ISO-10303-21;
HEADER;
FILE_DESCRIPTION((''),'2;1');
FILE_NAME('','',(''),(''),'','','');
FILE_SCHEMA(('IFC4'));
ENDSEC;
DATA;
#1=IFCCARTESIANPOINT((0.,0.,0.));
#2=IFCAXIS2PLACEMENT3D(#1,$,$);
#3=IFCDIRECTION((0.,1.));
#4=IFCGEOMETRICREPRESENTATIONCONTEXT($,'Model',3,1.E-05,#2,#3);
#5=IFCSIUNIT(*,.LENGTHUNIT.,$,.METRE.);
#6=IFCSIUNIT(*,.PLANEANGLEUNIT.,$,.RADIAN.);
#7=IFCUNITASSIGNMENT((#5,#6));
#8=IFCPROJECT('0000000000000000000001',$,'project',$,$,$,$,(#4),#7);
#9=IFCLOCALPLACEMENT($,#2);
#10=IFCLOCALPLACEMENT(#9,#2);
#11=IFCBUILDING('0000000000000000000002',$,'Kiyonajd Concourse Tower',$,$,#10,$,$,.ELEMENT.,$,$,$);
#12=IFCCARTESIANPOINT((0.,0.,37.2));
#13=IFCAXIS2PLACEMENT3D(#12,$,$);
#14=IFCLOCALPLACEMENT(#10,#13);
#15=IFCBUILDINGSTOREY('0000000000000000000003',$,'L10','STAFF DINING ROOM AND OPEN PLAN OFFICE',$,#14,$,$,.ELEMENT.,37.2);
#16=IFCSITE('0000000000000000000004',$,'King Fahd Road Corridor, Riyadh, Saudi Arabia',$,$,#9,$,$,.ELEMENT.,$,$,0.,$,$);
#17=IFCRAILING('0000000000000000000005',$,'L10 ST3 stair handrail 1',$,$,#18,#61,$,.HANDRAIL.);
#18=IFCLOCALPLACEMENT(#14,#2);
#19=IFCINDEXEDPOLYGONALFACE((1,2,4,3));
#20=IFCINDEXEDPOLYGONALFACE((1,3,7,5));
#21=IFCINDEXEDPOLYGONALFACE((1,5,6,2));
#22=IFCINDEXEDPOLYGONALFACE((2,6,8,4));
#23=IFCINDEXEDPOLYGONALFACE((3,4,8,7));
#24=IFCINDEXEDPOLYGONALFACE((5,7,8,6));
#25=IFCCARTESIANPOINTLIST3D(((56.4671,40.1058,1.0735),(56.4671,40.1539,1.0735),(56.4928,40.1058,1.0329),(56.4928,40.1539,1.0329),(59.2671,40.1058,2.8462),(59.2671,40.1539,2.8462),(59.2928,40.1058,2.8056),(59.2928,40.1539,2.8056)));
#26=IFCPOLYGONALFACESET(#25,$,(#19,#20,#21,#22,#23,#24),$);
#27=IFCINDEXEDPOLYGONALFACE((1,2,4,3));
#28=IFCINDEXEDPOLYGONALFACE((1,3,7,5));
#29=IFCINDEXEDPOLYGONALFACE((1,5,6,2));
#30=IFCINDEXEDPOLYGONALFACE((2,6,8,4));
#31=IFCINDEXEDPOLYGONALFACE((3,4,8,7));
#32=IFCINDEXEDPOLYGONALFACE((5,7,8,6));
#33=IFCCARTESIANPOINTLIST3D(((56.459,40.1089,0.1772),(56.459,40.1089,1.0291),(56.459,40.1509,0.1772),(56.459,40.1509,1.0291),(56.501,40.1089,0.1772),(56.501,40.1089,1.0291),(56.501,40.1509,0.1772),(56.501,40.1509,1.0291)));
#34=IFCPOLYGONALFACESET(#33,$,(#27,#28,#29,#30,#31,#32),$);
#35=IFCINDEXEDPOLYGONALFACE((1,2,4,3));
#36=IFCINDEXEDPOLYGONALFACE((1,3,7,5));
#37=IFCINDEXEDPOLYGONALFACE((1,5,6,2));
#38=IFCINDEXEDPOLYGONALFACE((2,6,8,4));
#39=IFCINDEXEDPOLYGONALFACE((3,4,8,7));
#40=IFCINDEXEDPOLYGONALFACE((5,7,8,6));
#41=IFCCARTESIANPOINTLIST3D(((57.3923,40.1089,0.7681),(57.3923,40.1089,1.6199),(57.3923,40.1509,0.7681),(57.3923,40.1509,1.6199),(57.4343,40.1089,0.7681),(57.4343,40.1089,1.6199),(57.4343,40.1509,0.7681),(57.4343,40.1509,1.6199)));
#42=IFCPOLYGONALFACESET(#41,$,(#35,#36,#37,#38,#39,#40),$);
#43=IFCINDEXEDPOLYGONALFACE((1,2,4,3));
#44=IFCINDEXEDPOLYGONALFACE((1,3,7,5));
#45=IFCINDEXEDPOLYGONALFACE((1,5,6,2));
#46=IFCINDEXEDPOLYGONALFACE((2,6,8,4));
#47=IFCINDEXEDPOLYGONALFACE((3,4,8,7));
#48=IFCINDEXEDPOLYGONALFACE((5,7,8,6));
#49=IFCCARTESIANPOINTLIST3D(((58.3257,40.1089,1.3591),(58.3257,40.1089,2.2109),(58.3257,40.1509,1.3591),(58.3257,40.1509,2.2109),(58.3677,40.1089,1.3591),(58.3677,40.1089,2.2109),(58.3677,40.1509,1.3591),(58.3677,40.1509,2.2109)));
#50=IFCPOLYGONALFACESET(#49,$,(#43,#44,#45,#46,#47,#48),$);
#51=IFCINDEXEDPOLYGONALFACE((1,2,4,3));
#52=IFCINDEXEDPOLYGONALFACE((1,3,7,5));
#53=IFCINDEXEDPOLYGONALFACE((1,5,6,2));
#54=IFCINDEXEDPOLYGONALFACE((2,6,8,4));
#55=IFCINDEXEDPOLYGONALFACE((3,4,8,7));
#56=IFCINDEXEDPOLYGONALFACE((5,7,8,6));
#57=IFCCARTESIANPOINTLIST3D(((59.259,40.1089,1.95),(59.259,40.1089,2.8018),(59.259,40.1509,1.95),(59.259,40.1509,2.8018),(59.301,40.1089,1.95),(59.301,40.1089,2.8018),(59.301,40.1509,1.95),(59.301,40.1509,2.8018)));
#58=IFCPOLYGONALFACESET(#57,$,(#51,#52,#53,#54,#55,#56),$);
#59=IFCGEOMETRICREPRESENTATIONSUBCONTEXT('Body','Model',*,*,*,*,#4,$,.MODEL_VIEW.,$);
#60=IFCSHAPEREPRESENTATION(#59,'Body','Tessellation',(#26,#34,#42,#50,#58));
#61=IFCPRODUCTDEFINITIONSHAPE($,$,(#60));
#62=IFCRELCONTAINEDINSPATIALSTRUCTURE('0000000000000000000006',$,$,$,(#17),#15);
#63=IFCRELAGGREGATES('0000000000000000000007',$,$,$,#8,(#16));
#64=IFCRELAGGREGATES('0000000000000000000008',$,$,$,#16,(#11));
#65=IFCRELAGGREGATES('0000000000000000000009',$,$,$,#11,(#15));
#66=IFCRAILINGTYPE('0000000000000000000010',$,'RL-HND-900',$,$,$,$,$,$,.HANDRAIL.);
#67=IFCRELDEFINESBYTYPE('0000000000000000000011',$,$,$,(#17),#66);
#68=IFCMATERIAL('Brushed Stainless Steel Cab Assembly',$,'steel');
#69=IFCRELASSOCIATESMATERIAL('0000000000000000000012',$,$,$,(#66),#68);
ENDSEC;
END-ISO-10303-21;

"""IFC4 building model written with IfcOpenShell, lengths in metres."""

from ifc_helpers import new_model, si_unit, direction, frame, origin, origin_2d, place, context, subcontext, project, spatial, rectangle, extrude, material, type_object, element, save


model = new_model("IFC4")

# Units and contexts
model_context = context("Model", 3, precision=1e-05, world=origin(), true_north=direction((0.0, 1.0)))
body_context = subcontext(model_context, "Body", "Model", "MODEL_VIEW")
ifc_project = project(units=[si_unit("LENGTHUNIT", "METRE"), si_unit("PLANEANGLEUNIT", "RADIAN")], contexts=[model_context])

# Site, building, storey
site_placement = place(None, origin())
site = spatial("IfcSite", under=ifc_project, at=site_placement, Name="King Fahd Road Corridor, Riyadh, Saudi Arabia", CompositionType="ELEMENT", RefElevation=0.0)
building_placement = place(site_placement, origin())
building = spatial("IfcBuilding", under=site, at=building_placement, Name="Kiyonajd Concourse Tower", CompositionType="ELEMENT")
storey_placement = place(building_placement, frame((0.0, 0.0, 37.2)))
storey = spatial("IfcBuildingStorey", under=building, at=storey_placement, Name="L10", Description="STAFF DINING ROOM AND OPEN PLAN OFFICE", CompositionType="ELEMENT", Elevation=37.2)

# Shared definitions
ifc_material_1 = material(Name="Brushed Stainless Steel Cab Assembly", Category="steel")

# Railing
railing_type_1 = type_object("IfcRailingType", Name="RL-HND-900", PredefinedType="HANDRAIL", material=ifc_material_1)
railing_1_placement = place(storey_placement, frame((56.48, 40.1299, 0.1772)))
element("IfcRailing", 1, at=railing_1_placement, inside=storey, type_object=railing_type_1, Name="L10 ST3 stair handrail 1", PredefinedType="HANDRAIL", context=body_context, shape_type="SweptSolid", body=[
    extrude(rectangle(XDim=0.0481, YDim=0.0481, at=origin_2d()), frame((0.0, 0.0, 0.876), z_axis=(0.844909, 0.0, 0.53491), x_axis=(0.0, 1.0, 0.0)), (0.0, 0.0, 1.0), 3.314),
    extrude(rectangle(XDim=0.042, YDim=0.042, at=origin_2d()), origin(), (0.0, 0.0, 1.0), 0.8518),
    extrude(rectangle(XDim=0.042, YDim=0.042, at=origin_2d()), frame((0.9333, 0.0, 0.5908)), (0.0, 0.0, 1.0), 0.8518),
    extrude(rectangle(XDim=0.042, YDim=0.042, at=origin_2d()), frame((1.8667, 0.0, 1.1819)), (0.0, 0.0, 1.0), 0.8518),
    extrude(rectangle(XDim=0.042, YDim=0.042, at=origin_2d()), frame((2.8, 0.0, 1.7727)), (0.0, 0.0, 1.0), 0.8518),
])

save(model, "model.ifc")
